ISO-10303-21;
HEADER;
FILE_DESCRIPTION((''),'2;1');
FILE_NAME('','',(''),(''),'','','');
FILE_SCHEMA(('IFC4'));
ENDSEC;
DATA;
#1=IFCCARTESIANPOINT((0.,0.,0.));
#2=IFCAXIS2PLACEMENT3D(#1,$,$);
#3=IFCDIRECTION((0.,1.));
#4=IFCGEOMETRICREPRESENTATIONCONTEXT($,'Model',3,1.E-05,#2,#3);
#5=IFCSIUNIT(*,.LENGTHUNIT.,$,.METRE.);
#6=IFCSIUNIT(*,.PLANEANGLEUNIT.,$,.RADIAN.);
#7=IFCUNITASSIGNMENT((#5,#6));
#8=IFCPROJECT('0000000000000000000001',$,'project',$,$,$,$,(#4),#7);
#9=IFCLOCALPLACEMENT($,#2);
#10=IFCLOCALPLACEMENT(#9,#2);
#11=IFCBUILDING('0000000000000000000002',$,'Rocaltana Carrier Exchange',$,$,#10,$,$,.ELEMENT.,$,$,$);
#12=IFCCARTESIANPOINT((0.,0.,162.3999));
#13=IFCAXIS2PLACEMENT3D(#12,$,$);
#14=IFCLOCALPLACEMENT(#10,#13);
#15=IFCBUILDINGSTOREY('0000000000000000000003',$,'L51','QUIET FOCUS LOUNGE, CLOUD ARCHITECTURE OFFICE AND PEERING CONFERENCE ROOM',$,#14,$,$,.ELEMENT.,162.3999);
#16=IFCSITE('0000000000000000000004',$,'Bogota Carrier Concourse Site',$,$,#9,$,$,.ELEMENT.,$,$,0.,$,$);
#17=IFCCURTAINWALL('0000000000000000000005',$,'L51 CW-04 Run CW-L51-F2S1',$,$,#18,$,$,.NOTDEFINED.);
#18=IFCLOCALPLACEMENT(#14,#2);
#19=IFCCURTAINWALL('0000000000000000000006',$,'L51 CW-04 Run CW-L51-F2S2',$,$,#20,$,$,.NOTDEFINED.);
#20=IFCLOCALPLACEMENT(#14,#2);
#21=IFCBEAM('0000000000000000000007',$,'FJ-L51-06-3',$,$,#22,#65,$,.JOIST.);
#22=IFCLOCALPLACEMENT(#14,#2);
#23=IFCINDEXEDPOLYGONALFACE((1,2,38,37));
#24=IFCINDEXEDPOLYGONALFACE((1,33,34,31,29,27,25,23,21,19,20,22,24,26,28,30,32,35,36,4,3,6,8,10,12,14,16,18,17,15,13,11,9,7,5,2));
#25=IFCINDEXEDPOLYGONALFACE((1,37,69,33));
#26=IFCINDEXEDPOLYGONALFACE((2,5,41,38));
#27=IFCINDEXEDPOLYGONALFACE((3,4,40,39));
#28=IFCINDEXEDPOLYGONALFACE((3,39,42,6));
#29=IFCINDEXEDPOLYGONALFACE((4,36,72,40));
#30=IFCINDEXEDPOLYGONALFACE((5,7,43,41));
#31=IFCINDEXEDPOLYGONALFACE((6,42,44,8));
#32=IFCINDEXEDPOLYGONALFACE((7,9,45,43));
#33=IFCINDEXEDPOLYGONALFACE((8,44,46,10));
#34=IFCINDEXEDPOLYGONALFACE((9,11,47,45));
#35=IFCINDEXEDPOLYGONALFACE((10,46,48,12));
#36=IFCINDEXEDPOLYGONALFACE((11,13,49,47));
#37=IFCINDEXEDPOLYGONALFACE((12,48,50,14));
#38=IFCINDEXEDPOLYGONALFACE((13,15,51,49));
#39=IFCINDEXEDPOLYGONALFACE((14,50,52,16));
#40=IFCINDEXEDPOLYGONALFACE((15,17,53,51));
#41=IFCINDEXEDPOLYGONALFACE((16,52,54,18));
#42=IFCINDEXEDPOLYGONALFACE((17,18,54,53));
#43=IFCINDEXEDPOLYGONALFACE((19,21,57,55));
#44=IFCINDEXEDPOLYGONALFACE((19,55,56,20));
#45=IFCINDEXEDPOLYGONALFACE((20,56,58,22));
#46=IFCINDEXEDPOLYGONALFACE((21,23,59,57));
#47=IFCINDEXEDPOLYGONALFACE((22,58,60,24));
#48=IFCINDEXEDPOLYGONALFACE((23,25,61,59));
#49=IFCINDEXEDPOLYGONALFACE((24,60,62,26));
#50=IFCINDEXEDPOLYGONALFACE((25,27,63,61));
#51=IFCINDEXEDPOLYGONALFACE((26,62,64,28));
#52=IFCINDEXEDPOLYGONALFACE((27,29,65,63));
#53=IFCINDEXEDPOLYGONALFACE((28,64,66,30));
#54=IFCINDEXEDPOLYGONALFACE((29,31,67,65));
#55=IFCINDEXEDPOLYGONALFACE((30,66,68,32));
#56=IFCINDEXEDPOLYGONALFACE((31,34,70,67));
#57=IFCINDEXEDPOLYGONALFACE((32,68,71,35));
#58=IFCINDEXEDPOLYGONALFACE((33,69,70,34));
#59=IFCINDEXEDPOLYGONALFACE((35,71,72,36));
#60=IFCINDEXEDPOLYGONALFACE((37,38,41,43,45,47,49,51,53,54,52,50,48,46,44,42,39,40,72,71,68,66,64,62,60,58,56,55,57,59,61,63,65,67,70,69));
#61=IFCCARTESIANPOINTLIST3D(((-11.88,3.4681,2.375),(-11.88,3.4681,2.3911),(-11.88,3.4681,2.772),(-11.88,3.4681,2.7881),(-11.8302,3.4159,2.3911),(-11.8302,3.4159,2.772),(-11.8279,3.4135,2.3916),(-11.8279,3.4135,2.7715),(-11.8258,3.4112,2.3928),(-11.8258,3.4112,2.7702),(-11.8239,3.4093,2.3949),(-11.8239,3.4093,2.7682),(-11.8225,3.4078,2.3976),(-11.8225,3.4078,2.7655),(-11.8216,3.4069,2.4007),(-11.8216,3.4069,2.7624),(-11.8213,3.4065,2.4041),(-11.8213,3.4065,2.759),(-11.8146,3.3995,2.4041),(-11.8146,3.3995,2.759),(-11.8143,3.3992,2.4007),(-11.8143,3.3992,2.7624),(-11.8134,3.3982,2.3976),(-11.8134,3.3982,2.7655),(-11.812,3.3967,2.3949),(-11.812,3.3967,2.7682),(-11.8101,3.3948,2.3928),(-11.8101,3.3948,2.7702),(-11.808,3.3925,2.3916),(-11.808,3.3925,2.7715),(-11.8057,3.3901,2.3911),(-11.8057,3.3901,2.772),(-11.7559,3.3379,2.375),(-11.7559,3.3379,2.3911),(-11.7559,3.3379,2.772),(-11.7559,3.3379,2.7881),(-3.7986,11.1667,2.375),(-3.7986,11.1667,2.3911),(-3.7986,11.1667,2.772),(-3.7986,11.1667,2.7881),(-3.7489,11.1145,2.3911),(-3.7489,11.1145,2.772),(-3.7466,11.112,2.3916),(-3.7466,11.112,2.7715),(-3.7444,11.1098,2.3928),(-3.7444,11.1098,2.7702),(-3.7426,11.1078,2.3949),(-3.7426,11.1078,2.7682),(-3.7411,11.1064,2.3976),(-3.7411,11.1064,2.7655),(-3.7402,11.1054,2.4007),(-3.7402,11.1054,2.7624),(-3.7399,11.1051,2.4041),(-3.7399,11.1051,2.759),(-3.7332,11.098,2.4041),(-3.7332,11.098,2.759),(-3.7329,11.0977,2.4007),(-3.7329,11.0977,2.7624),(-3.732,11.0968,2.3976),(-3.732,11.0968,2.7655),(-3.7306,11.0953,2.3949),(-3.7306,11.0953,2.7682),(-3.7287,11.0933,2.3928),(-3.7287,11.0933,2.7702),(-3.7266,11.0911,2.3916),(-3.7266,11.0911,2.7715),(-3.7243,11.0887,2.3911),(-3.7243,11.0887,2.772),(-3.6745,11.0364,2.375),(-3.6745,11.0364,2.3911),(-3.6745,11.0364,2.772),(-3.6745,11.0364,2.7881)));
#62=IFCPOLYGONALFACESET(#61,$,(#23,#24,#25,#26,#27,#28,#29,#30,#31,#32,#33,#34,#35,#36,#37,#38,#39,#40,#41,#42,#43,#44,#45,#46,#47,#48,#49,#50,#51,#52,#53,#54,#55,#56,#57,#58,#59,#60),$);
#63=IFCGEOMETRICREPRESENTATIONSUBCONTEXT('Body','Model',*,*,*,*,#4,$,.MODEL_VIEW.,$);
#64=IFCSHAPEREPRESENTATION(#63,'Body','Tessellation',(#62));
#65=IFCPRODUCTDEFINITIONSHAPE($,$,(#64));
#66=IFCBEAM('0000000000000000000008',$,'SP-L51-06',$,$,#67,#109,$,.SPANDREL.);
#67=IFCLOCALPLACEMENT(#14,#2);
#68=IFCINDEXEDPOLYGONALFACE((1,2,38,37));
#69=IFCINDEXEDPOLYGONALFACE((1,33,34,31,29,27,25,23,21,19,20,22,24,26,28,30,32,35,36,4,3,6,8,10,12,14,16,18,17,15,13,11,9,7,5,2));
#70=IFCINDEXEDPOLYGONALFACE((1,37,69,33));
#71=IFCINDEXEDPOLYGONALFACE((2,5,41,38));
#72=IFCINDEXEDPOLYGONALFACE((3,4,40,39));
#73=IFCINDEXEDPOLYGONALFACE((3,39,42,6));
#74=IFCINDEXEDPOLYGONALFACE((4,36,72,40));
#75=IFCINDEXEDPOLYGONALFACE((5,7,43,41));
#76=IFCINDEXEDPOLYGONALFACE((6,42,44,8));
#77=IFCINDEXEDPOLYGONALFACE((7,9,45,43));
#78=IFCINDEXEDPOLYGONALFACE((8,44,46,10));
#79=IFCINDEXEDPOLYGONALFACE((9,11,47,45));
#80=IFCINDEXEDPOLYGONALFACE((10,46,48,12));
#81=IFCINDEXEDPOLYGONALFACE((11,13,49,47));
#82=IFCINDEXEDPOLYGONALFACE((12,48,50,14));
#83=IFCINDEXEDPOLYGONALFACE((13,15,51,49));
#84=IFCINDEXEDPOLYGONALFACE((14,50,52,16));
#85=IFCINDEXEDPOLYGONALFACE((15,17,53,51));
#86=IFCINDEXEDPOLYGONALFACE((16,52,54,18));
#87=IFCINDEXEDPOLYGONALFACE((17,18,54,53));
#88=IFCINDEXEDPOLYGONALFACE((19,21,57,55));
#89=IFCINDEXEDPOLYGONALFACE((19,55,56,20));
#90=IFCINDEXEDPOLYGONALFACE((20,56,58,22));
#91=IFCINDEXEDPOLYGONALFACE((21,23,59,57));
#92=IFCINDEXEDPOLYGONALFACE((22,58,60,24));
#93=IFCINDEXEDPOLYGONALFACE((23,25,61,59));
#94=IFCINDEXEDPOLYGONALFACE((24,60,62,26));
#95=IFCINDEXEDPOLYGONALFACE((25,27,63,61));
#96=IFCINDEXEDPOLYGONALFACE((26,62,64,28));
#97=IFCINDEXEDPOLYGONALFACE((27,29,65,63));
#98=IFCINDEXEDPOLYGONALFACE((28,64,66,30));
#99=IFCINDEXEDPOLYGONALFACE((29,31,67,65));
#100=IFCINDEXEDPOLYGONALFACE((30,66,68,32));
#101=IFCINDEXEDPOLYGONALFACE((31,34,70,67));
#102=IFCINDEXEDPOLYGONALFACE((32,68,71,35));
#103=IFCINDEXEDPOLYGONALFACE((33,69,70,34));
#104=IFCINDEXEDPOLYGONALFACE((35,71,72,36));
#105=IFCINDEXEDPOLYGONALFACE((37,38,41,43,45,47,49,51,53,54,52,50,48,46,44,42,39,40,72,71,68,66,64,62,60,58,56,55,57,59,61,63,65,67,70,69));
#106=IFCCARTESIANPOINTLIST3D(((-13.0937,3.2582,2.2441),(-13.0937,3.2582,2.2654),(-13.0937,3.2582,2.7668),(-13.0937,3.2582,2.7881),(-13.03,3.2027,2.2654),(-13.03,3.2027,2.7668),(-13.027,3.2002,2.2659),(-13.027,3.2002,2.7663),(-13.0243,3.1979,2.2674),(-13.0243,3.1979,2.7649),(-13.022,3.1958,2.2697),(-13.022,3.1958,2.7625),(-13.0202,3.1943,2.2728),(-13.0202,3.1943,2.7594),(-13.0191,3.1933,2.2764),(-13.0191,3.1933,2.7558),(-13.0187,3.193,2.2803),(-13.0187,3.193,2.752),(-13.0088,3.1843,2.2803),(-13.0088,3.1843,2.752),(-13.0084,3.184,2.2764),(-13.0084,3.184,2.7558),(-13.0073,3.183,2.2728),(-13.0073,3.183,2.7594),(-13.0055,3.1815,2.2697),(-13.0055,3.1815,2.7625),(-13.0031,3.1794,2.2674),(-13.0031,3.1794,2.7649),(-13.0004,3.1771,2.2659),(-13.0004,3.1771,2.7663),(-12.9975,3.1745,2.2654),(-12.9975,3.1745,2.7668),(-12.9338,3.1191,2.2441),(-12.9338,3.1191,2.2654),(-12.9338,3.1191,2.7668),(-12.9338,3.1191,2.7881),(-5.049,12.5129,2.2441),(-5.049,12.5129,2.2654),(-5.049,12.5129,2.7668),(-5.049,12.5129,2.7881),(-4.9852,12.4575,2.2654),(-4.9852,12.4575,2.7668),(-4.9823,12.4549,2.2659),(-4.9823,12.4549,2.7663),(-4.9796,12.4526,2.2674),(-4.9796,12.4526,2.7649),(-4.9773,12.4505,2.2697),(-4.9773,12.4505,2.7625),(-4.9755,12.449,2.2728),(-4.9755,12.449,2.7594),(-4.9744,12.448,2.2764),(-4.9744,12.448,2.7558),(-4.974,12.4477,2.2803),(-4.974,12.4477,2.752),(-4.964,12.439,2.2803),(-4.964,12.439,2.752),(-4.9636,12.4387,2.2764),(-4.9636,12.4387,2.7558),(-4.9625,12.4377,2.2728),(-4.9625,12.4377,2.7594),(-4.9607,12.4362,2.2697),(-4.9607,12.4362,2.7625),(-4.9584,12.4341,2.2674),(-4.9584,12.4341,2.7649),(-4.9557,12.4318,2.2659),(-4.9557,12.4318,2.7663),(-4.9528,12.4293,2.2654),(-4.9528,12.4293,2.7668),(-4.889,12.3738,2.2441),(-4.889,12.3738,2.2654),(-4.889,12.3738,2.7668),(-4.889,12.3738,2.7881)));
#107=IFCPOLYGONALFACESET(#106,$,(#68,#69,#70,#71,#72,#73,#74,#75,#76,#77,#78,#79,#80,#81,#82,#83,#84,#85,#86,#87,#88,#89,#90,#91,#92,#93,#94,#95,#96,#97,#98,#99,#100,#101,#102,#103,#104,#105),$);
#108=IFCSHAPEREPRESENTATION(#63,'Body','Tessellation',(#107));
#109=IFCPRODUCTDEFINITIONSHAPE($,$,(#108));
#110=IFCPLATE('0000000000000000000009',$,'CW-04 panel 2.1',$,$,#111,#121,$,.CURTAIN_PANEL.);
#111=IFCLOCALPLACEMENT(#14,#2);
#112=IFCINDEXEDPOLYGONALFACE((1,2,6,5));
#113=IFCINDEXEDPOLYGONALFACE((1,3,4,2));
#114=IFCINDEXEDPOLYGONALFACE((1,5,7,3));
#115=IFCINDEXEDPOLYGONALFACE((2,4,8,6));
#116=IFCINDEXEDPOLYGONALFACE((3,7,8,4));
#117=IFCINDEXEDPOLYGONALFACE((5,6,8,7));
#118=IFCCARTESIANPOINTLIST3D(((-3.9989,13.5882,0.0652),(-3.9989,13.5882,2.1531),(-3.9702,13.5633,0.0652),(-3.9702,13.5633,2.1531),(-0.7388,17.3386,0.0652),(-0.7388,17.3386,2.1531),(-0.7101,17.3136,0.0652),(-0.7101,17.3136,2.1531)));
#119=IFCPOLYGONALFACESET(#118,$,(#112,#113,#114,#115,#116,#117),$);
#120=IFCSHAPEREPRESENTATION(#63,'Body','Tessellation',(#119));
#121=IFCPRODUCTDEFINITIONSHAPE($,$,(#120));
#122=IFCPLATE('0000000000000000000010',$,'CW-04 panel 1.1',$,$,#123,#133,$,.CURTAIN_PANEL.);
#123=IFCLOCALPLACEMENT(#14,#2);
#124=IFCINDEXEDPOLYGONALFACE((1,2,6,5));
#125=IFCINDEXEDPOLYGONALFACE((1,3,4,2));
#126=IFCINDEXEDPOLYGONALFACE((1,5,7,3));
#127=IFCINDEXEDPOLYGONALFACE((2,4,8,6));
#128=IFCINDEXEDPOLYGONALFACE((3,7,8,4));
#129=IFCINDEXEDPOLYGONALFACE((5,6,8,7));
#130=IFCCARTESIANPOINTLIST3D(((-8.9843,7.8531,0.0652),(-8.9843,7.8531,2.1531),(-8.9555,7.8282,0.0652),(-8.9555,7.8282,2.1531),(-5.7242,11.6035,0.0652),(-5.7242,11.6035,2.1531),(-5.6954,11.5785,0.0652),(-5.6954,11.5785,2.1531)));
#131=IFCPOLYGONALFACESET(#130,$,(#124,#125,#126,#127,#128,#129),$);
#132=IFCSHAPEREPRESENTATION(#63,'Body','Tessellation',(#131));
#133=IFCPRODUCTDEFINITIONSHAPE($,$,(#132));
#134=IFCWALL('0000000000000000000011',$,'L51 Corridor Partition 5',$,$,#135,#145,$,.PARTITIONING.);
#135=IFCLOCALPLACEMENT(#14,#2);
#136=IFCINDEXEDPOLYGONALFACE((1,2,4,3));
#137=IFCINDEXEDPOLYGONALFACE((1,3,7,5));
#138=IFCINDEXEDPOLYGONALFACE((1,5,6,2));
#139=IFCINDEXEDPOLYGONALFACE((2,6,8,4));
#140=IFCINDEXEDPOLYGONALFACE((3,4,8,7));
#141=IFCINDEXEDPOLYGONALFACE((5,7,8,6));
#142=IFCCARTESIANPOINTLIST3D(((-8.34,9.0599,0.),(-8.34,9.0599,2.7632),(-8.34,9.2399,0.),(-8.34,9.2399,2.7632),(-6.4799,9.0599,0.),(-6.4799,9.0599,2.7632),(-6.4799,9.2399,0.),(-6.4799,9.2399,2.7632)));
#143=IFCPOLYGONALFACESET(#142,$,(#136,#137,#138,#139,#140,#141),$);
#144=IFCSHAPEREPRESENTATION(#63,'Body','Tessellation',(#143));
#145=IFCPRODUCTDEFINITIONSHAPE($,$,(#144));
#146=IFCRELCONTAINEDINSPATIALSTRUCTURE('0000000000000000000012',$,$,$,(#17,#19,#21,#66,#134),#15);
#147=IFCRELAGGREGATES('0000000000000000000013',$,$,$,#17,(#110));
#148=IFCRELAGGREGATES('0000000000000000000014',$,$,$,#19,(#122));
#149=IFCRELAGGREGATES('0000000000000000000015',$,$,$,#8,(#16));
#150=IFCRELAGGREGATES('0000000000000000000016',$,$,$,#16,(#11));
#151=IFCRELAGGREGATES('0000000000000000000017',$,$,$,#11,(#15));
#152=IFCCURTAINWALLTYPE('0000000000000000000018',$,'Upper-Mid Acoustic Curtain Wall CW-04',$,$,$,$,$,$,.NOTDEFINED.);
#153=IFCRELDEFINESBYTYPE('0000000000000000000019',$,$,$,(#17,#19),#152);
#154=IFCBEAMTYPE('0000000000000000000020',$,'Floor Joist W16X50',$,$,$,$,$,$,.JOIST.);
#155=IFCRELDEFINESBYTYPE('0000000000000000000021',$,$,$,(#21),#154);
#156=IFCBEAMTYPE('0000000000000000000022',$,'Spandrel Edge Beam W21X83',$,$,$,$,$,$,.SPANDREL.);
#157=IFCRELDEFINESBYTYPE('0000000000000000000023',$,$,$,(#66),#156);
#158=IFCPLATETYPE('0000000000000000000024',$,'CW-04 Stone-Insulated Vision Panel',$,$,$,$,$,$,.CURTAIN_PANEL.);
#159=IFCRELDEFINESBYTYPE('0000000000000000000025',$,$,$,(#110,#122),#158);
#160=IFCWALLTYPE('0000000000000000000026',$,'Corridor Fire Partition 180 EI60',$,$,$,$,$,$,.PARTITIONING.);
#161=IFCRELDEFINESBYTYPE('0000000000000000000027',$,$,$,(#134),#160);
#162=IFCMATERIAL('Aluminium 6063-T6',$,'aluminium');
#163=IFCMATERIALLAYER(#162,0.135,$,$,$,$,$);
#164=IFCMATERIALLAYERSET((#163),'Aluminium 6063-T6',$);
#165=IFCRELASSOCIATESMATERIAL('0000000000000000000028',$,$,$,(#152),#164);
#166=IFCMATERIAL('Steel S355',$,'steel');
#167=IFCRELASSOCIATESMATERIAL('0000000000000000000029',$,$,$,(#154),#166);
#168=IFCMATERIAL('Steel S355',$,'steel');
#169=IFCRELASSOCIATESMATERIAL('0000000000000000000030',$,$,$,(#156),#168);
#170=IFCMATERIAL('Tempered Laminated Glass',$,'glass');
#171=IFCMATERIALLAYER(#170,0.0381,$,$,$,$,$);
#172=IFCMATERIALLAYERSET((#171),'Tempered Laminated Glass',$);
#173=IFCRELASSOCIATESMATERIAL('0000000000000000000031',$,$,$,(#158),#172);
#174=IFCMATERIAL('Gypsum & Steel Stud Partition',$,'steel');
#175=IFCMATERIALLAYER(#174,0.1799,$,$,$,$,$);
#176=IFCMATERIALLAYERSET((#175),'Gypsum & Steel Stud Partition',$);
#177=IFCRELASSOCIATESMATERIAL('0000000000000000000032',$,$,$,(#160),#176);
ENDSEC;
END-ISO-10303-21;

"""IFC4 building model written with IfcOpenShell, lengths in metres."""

from ifc_helpers import new_model, si_unit, direction, frame, frame_2d, origin, origin_2d, place, context, subcontext, project, spatial, rectangle, i_section, extrude, material, layer, layer_set, material_profile, profile_set, type_object, element, aggregate, save


model = new_model("IFC4")

# Units and contexts
model_context = context("Model", 3, precision=1e-05, world=origin(), true_north=direction((0.0, 1.0)))
body_context = subcontext(model_context, "Body", "Model", "MODEL_VIEW")
ifc_project = project(units=[si_unit("LENGTHUNIT", "METRE"), si_unit("PLANEANGLEUNIT", "RADIAN")], contexts=[model_context])

# Site, building, storey
site_placement = place(None, origin())
site = spatial("IfcSite", under=ifc_project, at=site_placement, Name="Bogota Carrier Concourse Site", CompositionType="ELEMENT", RefElevation=0.0)
building_placement = place(site_placement, origin())
building = spatial("IfcBuilding", under=site, at=building_placement, Name="Rocaltana Carrier Exchange", CompositionType="ELEMENT")
storey_placement = place(building_placement, frame((0.0, 0.0, 162.3999)))
storey = spatial("IfcBuildingStorey", under=building, at=storey_placement, Name="L51", Description="QUIET FOCUS LOUNGE, CLOUD ARCHITECTURE OFFICE AND PEERING CONFERENCE ROOM", CompositionType="ELEMENT", Elevation=162.3999)

# Curtain wall
ifc_material_1 = material(Name="Aluminium 6063-T6", Category="aluminium")
ifc_layer_1 = layer(ifc_material_1, 0.135)
ifc_layer_set_1 = layer_set([ifc_layer_1], Name="Aluminium 6063-T6")
curtain_wall_type = type_object("IfcCurtainWallType", Name="Upper-Mid Acoustic Curtain Wall CW-04", PredefinedType="NOTDEFINED", material=ifc_layer_set_1)
curtain_wall_1_placement = place(storey_placement, origin())
curtain_wall_1 = element("IfcCurtainWall", 1, at=curtain_wall_1_placement, inside=storey, type_object=curtain_wall_type, Name="L51 CW-04 Run CW-L51-F2S1", PredefinedType="NOTDEFINED")

# Curtain wall
curtain_wall_2_placement = place(storey_placement, origin())
curtain_wall_2 = element("IfcCurtainWall", 2, at=curtain_wall_2_placement, inside=storey, type_object=curtain_wall_type, Name="L51 CW-04 Run CW-L51-F2S2", PredefinedType="NOTDEFINED")

# Beams
ifc_material_2 = material(Name="Steel S355", Category="steel")
ifc_material_profile_1 = material_profile(ifc_material_2, i_section(OverallWidth=0.1799, OverallDepth=0.4131, WebThickness=0.0098, FlangeThickness=0.0161, FilletRadius=0.0129, at=origin_2d()), Name="W16X50")
ifc_profile_set_1 = profile_set([ifc_material_profile_1], Name="Steel S355")
beam_type_1 = type_object("IfcBeamType", Name="Floor Joist W16X50", PredefinedType="JOIST", material=ifc_profile_set_1)
beam_1_placement = place(storey_placement, frame((-3.7366, 11.1016, 2.5815), z_axis=(-0.724048, -0.68975, 0.0), x_axis=(0.68975, -0.724048, 0.0)))
element("IfcBeam", 3, at=beam_1_placement, inside=storey, type_object=beam_type_1, Name="FJ-L51-06-3", PredefinedType="JOIST", context=body_context, shape_type="SweptSolid", body=[
    extrude(i_section(OverallWidth=0.1799, OverallDepth=0.4131, WebThickness=0.0098, FlangeThickness=0.0161, FilletRadius=0.0129, at=origin_2d()), origin(), (0.0, 0.0, 1.0), 11.1614),
])
ifc_material_3 = material(Name="Steel S355", Category="steel")
ifc_material_profile_2 = material_profile(ifc_material_3, i_section(OverallWidth=0.2119, OverallDepth=0.5439, WebThickness=0.0132, FlangeThickness=0.0212, FilletRadius=0.0149, at=origin_2d()), Name="W21X83")
ifc_profile_set_2 = profile_set([ifc_material_profile_2], Name="Steel S355")
beam_type_2 = type_object("IfcBeamType", Name="Spandrel Edge Beam W21X83", PredefinedType="SPANDREL", material=ifc_profile_set_2)
beam_2_placement = place(storey_placement, frame((-4.969, 12.4434, 2.5161), z_axis=(-0.656047, -0.75472, 0.0), x_axis=(0.75472, -0.656047, 0.0)))
element("IfcBeam", 4, at=beam_2_placement, inside=storey, type_object=beam_type_2, Name="SP-L51-06", PredefinedType="SPANDREL", context=body_context, shape_type="SweptSolid", body=[
    extrude(i_section(OverallWidth=0.2119, OverallDepth=0.5439, WebThickness=0.0132, FlangeThickness=0.0212, FilletRadius=0.0149, at=origin_2d()), origin(), (0.0, 0.0, 1.0), 12.2625),
])

# Plates
ifc_material_4 = material(Name="Tempered Laminated Glass", Category="glass")
ifc_layer_2 = layer(ifc_material_4, 0.0381)
ifc_layer_set_2 = layer_set([ifc_layer_2], Name="Tempered Laminated Glass")
plate_type = type_object("IfcPlateType", Name="CW-04 Stone-Insulated Vision Panel", PredefinedType="CURTAIN_PANEL", material=ifc_layer_set_2)
plate_1_placement = place(storey_placement, frame((-2.3545, 15.4509, 0.0652), z_axis=(0.0, 0.0, 1.0), x_axis=(-0.656057, -0.754712, 0.0)))
plate_1 = element("IfcPlate", 5, at=plate_1_placement, type_object=plate_type, Name="CW-04 panel 2.1", PredefinedType="CURTAIN_PANEL", context=body_context, shape_type="SweptSolid", body=[
    extrude(rectangle(XDim=4.9692, YDim=0.0381, at=origin_2d()), origin(), (0.0, 0.0, 1.0), 2.0879),
])
aggregate(curtain_wall_1, [plate_1])
plate_2_placement = place(storey_placement, frame((-7.3398, 9.7158, 0.0652), z_axis=(0.0, 0.0, 1.0), x_axis=(-0.656057, -0.754712, 0.0)))
plate_2 = element("IfcPlate", 6, at=plate_2_placement, type_object=plate_type, Name="CW-04 panel 1.1", PredefinedType="CURTAIN_PANEL", context=body_context, shape_type="SweptSolid", body=[
    extrude(rectangle(XDim=4.9692, YDim=0.0381, at=origin_2d()), origin(), (0.0, 0.0, 1.0), 2.0879),
])
aggregate(curtain_wall_2, [plate_2])

# Wall
ifc_material_5 = material(Name="Gypsum & Steel Stud Partition", Category="steel")
ifc_layer_3 = layer(ifc_material_5, 0.1799)
ifc_layer_set_3 = layer_set([ifc_layer_3], Name="Gypsum & Steel Stud Partition")
wall_type_1 = type_object("IfcWallType", Name="Corridor Fire Partition 180 EI60", PredefinedType="PARTITIONING", material=ifc_layer_set_3)
wall_1_placement = place(storey_placement, frame((-8.3401, 9.1499, 0.0), z_axis=(0.0, 0.0, 1.0), x_axis=(1.0, 0.0, 0.0)))
element("IfcWall", 7, at=wall_1_placement, inside=storey, type_object=wall_type_1, Name="L51 Corridor Partition 5", PredefinedType="PARTITIONING", context=body_context, shape_type="SweptSolid", body=[
    extrude(rectangle(XDim=1.8601, YDim=0.1799, at=frame_2d((0.9302, 0.0))), origin(), (0.0, 0.0, 1.0), 2.7632),
])

save(model, "model.ifc")
